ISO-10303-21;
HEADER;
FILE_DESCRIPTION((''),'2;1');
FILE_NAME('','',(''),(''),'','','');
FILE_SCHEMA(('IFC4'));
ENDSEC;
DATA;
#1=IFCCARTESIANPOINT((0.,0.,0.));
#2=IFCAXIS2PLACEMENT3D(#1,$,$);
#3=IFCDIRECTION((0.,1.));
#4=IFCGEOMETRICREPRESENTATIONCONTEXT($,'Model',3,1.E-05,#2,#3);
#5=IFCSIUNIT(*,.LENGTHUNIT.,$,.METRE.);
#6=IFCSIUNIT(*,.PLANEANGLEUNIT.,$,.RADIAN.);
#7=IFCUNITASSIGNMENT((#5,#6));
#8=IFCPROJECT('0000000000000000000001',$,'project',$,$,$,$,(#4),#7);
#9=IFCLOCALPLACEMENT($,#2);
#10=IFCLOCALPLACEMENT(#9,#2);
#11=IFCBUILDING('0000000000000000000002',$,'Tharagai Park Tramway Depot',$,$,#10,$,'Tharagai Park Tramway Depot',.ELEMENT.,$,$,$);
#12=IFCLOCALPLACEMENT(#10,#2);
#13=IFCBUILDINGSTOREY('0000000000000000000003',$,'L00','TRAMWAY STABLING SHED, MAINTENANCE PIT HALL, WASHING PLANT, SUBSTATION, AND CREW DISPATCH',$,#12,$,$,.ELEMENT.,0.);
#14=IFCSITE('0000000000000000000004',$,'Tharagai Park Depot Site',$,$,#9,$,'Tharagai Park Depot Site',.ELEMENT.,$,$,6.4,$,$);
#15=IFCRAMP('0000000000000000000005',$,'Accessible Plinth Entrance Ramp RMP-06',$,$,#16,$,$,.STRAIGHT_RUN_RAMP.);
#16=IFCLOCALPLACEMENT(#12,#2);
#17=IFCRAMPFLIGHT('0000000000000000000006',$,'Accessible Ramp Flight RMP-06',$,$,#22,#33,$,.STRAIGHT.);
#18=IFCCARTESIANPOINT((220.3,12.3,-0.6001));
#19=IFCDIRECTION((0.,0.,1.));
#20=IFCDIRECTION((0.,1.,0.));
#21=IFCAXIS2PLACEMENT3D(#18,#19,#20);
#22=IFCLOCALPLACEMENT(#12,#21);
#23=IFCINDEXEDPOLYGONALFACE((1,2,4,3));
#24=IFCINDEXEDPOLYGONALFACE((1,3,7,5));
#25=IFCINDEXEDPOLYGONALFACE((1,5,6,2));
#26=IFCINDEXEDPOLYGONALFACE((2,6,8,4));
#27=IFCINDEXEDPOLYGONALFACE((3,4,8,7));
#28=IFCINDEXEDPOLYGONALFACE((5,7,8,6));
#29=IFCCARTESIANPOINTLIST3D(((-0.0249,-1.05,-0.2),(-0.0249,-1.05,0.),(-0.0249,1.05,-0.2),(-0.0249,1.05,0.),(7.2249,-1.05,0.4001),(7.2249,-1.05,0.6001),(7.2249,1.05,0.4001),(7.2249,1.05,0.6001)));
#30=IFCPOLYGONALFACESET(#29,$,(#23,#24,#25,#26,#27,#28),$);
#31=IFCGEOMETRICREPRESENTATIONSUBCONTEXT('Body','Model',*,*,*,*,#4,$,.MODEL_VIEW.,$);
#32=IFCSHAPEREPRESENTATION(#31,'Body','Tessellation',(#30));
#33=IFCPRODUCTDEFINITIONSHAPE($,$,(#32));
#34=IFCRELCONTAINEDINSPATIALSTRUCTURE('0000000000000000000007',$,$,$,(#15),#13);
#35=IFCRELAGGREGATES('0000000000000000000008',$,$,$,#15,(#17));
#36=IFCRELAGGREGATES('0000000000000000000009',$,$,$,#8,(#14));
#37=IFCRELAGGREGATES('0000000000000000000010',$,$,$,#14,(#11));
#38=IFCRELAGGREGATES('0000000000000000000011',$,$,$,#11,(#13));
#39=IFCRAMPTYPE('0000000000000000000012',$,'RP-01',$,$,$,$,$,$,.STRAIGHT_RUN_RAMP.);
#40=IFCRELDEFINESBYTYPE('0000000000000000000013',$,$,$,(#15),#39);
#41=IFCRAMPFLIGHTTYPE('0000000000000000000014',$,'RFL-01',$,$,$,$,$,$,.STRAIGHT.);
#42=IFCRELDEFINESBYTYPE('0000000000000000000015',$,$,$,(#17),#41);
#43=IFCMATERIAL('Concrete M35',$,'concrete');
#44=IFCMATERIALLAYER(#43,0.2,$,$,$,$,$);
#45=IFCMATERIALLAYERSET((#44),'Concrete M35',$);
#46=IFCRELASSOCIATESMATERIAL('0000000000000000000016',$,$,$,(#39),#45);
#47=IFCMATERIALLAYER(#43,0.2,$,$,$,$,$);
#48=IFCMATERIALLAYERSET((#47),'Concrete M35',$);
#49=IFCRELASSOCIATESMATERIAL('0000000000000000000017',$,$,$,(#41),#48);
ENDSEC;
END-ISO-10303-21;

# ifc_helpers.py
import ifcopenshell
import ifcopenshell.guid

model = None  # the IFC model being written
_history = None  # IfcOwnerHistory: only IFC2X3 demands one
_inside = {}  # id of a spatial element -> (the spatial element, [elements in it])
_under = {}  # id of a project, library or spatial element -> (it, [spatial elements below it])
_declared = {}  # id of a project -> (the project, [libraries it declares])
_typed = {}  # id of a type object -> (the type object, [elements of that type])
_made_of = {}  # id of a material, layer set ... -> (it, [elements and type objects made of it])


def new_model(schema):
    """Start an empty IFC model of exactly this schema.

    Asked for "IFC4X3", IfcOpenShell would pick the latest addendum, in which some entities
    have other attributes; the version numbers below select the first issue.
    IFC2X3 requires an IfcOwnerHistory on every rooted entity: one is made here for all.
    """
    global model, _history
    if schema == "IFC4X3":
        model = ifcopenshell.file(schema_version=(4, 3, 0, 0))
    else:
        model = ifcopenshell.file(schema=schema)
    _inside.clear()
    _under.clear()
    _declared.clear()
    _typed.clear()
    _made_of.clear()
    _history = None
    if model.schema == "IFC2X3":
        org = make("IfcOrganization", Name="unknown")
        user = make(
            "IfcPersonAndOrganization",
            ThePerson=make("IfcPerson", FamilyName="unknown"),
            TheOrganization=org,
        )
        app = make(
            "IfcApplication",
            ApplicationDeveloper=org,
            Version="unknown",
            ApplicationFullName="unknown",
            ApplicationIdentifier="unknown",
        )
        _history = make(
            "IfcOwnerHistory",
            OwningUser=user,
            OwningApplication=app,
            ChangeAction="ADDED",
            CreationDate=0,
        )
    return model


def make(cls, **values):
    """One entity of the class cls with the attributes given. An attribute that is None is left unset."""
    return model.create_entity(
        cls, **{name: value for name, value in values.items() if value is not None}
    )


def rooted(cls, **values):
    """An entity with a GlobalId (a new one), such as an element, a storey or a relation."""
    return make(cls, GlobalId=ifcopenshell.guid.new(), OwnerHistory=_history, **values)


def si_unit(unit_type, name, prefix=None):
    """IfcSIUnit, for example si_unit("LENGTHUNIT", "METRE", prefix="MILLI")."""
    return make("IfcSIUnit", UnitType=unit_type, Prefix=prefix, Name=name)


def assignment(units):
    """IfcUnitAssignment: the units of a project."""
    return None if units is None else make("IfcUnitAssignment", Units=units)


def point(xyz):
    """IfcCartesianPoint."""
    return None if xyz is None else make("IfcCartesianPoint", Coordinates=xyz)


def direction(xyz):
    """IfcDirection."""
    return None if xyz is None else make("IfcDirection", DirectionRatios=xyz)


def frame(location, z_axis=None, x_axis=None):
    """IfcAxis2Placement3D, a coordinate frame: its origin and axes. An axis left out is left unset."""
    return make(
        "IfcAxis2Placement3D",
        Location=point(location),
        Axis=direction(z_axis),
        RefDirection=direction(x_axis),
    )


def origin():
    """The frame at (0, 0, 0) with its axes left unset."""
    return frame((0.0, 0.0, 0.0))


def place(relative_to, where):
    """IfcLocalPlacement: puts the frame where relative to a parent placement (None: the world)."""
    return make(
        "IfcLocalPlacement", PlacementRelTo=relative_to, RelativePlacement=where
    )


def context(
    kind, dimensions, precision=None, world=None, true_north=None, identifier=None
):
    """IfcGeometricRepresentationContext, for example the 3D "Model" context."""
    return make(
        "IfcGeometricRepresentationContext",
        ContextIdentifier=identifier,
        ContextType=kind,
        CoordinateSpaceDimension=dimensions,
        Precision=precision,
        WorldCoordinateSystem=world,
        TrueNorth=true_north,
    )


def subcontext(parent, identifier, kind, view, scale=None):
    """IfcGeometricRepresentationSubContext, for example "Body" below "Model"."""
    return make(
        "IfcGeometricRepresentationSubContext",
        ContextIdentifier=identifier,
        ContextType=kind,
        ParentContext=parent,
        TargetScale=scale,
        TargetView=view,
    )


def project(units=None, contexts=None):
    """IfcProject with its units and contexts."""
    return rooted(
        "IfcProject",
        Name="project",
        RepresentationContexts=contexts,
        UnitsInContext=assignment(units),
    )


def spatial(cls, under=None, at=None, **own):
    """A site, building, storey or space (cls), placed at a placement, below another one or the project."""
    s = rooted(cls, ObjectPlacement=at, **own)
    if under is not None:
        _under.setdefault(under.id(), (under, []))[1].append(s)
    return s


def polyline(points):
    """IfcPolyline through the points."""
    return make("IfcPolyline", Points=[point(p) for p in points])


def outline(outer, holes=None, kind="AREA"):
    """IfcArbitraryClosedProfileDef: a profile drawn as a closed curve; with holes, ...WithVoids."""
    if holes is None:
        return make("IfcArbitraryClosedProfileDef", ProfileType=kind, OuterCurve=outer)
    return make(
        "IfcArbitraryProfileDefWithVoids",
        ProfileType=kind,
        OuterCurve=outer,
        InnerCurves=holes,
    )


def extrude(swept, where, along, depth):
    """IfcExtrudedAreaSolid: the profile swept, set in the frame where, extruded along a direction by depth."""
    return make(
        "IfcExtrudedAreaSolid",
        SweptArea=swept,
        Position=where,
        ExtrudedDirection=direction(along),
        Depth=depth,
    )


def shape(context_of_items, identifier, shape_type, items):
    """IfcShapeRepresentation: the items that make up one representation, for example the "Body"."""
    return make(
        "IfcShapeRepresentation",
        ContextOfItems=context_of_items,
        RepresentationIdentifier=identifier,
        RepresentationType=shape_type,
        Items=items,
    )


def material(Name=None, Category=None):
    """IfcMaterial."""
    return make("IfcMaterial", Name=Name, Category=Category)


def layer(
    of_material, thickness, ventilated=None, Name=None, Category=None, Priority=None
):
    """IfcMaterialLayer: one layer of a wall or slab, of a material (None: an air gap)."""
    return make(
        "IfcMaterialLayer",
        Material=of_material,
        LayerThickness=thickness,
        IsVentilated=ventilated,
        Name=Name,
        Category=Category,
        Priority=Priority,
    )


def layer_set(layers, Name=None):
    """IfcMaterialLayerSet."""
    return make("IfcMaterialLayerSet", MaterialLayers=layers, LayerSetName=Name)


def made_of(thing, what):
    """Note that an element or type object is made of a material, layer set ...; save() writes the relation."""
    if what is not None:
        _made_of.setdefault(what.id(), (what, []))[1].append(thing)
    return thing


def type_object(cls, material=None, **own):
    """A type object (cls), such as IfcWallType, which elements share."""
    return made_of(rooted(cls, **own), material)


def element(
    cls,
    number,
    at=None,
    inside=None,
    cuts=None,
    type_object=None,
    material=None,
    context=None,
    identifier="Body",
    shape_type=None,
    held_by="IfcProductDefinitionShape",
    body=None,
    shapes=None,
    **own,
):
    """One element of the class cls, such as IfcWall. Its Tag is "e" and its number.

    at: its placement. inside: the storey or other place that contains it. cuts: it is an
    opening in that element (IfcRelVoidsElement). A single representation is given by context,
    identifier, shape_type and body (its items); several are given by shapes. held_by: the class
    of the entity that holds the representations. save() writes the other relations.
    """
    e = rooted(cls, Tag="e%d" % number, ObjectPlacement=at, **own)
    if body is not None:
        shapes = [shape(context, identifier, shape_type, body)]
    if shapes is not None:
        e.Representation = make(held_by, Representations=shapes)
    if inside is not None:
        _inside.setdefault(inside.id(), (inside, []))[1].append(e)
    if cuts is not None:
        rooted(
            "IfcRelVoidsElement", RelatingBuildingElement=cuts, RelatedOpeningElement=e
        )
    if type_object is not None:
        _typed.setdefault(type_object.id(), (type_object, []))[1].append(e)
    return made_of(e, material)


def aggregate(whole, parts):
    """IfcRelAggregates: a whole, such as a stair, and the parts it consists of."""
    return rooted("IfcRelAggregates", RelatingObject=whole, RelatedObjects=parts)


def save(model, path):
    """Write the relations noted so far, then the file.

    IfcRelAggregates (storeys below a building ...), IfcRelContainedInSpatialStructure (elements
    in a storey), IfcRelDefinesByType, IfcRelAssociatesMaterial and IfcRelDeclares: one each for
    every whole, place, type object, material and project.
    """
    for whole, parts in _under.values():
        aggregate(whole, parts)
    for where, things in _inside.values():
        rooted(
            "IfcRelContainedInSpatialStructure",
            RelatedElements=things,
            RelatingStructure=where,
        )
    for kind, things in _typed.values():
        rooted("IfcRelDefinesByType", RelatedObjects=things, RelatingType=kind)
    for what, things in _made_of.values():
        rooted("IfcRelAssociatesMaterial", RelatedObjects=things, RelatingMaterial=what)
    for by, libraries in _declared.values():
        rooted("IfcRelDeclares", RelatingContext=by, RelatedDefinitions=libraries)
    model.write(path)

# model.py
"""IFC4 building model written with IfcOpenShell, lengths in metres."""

from ifc_helpers import new_model, si_unit, direction, frame, origin, place, context, subcontext, project, spatial, polyline, outline, extrude, material, layer, layer_set, type_object, element, aggregate, save


model = new_model("IFC4")

# Units and contexts
model_context = context("Model", 3, precision=1e-05, world=origin(), true_north=direction((0.0, 1.0)))
body_context = subcontext(model_context, "Body", "Model", "MODEL_VIEW")
ifc_project = project(units=[si_unit("LENGTHUNIT", "METRE"), si_unit("PLANEANGLEUNIT", "RADIAN")], contexts=[model_context])

# Site, building, storey
site_placement = place(None, origin())
site = spatial("IfcSite", under=ifc_project, at=site_placement, Name="Tharagai Park Depot Site", LongName="Tharagai Park Depot Site", CompositionType="ELEMENT", RefElevation=6.4)
building_placement = place(site_placement, origin())
building = spatial("IfcBuilding", under=site, at=building_placement, Name="Tharagai Park Tramway Depot", LongName="Tharagai Park Tramway Depot", CompositionType="ELEMENT")
storey_placement = place(building_placement, origin())
storey = spatial("IfcBuildingStorey", under=building, at=storey_placement, Name="L00", Description="TRAMWAY STABLING SHED, MAINTENANCE PIT HALL, WASHING PLANT, SUBSTATION, AND CREW DISPATCH", CompositionType="ELEMENT", Elevation=0.0)

# Shared definitions
ifc_material_1 = material(Name="Concrete M35", Category="concrete")

# Ramp, ramp flight
ifc_layer_1 = layer(ifc_material_1, 0.2)
ifc_layer_set_1 = layer_set([ifc_layer_1], Name="Concrete M35")
ramp_type = type_object("IfcRampType", Name="RP-01", PredefinedType="STRAIGHT_RUN_RAMP", material=ifc_layer_set_1)
ramp_placement = place(storey_placement, origin())
ramp = element("IfcRamp", 1, at=ramp_placement, inside=storey, type_object=ramp_type, Name="Accessible Plinth Entrance Ramp RMP-06", PredefinedType="STRAIGHT_RUN_RAMP")
ifc_layer_2 = layer(ifc_material_1, 0.2)
ifc_layer_set_2 = layer_set([ifc_layer_2], Name="Concrete M35")
ramp_flight_type = type_object("IfcRampFlightType", Name="RFL-01", PredefinedType="STRAIGHT", material=ifc_layer_set_2)
ramp_flight_placement = place(storey_placement, frame((220.3, 12.3, -0.6001), z_axis=(0.0, 0.0, 1.0), x_axis=(0.0, 1.0, 0.0)))
ramp_flight = element("IfcRampFlight", 2, at=ramp_flight_placement, type_object=ramp_flight_type, Name="Accessible Ramp Flight RMP-06", PredefinedType="STRAIGHT", context=body_context, shape_type="SweptSolid", body=[
    extrude(outline(polyline([(-0.0249, 0.0), (7.2249, 0.6001), (7.2249, 0.4001), (-0.0249, -0.2), (-0.0249, 0.0)])), frame((0.0, 1.05, 0.0), z_axis=(0.0, -1.0, 0.0), x_axis=(1.0, 0.0, 0.0)), (0.0, 0.0, 1.0), 2.1001),
])
aggregate(ramp, [ramp_flight])

save(model, "model.ifc")
